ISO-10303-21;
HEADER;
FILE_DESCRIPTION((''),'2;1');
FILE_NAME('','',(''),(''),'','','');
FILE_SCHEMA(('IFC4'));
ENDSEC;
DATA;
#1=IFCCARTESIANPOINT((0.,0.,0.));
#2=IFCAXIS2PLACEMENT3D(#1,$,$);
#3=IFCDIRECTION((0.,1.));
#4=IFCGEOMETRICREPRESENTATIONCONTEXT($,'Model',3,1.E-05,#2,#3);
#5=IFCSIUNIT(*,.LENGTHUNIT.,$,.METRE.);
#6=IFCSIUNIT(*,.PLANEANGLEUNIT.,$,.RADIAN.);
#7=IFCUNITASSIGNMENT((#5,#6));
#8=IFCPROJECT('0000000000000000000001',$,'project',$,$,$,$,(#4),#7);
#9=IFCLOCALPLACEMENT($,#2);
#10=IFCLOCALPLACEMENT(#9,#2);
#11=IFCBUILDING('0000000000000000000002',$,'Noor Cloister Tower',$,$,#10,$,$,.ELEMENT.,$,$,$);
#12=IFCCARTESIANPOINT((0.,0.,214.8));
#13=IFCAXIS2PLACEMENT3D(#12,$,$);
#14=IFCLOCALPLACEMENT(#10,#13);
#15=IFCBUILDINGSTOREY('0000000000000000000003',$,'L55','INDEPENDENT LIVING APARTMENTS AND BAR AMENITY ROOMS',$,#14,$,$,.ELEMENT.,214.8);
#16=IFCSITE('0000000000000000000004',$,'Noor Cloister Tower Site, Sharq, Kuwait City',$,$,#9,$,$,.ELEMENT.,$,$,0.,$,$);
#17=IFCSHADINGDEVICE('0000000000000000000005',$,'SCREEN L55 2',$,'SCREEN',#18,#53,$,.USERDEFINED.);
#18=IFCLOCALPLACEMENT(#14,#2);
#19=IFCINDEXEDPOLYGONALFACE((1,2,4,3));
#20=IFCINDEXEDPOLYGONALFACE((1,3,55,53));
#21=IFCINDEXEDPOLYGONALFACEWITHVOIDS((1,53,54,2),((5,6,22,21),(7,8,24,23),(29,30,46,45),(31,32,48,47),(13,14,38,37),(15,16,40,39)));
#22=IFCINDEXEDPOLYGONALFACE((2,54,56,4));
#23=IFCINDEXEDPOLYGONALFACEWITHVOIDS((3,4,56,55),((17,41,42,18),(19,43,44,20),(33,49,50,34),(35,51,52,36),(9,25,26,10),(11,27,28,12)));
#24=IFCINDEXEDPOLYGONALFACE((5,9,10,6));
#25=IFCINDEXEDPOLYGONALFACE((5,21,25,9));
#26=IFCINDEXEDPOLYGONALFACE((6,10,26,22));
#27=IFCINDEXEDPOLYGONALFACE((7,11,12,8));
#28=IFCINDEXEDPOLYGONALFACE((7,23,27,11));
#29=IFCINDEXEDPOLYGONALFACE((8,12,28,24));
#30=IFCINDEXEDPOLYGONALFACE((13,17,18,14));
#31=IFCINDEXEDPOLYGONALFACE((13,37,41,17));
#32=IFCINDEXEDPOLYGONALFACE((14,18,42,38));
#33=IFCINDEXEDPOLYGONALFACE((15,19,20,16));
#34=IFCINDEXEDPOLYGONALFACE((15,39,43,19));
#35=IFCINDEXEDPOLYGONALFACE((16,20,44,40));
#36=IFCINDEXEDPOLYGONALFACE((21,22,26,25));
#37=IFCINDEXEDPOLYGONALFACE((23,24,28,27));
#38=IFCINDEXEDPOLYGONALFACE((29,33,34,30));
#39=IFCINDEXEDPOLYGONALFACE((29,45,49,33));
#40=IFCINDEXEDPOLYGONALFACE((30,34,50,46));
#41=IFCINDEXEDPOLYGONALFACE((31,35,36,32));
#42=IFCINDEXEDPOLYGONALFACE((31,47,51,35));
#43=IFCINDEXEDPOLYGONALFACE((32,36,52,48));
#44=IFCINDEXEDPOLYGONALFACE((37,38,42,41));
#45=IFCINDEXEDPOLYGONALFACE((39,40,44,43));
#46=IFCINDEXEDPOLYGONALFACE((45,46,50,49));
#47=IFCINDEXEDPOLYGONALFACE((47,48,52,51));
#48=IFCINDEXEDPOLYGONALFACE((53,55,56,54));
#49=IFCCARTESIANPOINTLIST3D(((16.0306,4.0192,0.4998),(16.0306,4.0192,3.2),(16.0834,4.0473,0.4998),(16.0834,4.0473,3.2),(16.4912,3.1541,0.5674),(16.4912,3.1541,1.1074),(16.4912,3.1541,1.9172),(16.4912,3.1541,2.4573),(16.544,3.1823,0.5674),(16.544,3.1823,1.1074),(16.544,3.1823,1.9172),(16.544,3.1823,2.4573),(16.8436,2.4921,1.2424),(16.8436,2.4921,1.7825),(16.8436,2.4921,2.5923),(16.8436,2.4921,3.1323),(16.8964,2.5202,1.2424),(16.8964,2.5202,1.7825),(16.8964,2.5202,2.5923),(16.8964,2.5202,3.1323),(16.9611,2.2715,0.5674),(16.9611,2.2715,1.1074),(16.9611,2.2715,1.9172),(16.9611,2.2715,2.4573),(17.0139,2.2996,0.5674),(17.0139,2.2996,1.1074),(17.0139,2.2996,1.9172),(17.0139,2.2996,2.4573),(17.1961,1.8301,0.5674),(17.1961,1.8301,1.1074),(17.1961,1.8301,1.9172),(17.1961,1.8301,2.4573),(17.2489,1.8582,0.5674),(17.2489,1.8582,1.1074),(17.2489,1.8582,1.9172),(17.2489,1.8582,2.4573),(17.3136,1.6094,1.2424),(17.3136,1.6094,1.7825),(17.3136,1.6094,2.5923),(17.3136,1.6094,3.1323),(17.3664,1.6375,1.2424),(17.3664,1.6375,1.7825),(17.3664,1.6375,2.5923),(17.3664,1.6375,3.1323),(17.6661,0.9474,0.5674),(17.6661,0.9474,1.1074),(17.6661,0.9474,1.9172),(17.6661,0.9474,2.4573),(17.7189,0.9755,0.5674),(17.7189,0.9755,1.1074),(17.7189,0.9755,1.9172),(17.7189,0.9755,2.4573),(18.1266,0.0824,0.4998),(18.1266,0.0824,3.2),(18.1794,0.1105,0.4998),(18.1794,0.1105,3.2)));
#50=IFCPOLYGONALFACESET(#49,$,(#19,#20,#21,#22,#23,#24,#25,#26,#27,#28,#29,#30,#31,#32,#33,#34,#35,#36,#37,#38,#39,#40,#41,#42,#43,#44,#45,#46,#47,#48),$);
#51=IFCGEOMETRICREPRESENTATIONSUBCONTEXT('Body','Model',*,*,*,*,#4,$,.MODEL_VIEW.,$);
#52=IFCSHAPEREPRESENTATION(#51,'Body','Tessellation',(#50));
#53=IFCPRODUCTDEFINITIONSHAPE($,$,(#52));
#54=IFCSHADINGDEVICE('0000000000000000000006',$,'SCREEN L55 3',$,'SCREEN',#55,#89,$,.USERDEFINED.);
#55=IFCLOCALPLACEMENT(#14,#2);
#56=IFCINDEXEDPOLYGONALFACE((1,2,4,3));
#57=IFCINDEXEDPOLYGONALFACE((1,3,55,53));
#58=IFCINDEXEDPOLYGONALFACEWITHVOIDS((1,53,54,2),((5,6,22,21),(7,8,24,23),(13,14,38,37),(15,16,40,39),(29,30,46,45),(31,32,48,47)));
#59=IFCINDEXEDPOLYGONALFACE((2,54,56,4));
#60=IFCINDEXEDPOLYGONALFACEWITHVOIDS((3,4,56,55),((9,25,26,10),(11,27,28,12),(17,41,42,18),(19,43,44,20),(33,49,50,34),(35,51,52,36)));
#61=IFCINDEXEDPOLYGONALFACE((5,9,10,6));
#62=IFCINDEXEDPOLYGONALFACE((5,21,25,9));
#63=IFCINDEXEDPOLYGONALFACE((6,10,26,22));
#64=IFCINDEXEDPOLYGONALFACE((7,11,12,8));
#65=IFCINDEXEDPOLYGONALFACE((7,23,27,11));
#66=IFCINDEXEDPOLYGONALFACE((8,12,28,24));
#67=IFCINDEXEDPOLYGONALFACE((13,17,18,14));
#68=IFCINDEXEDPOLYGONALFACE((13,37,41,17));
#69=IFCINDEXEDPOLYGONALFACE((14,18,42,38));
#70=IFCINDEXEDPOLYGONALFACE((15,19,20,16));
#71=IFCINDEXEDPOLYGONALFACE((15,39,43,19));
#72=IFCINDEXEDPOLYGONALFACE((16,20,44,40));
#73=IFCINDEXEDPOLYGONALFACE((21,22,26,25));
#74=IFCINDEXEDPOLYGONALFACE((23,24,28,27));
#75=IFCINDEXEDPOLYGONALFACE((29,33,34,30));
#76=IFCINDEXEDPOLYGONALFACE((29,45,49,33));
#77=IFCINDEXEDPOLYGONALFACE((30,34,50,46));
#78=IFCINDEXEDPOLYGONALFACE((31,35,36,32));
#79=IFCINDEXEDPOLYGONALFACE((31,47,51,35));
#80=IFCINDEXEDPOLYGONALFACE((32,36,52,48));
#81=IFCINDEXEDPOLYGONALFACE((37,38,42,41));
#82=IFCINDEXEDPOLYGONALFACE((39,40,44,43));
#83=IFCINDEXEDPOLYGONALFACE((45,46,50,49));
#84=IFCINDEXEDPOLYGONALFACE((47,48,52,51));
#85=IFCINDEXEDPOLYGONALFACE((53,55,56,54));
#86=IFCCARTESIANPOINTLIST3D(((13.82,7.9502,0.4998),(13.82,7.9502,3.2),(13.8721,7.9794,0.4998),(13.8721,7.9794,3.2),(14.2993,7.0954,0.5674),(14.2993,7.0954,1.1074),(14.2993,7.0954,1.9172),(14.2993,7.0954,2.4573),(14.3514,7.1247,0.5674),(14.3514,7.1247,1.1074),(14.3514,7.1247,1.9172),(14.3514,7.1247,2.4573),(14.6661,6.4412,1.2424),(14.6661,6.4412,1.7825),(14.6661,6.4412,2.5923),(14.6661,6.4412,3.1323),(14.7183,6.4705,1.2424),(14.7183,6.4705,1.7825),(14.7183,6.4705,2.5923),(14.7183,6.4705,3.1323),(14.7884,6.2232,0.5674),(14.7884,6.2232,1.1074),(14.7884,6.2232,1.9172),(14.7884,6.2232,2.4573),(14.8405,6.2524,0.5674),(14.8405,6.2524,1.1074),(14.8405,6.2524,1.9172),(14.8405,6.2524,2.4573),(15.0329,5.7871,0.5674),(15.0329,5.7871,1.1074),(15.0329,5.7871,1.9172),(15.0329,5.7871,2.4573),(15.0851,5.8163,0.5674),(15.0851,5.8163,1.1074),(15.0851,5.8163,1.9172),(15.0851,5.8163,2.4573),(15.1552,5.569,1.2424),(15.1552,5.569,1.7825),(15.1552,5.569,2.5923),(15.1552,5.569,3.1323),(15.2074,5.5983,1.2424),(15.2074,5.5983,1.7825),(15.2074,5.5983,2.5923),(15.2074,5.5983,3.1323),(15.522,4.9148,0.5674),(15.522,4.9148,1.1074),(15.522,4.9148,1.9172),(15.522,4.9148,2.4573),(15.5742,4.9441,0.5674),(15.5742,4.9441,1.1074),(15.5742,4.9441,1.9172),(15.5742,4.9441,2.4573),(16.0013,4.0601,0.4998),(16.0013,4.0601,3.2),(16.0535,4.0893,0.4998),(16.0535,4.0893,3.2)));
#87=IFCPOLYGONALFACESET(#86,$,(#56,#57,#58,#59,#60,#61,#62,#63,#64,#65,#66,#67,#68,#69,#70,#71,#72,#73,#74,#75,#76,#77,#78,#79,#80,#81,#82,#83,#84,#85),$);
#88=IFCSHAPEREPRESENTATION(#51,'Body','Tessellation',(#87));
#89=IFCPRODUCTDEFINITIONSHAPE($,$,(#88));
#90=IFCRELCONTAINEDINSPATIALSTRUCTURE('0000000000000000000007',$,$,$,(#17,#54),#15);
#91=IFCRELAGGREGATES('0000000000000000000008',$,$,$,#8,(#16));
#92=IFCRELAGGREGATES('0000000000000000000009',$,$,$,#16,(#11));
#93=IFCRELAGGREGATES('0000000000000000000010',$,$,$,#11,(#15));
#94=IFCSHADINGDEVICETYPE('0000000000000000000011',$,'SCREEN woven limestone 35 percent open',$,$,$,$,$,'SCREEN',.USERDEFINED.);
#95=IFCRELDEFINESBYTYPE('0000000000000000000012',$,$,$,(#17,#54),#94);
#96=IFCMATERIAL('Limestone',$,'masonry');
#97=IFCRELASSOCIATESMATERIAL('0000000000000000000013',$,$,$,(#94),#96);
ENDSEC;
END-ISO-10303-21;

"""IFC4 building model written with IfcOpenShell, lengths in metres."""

from ifc_helpers import new_model, si_unit, direction, frame, origin, place, context, subcontext, project, spatial, polyline, outline, extrude, material, material_profile, profile_set, type_object, element, save


model = new_model("IFC4")

# Units and contexts
model_context = context("Model", 3, precision=1e-05, world=origin(), true_north=direction((0.0, 1.0)))
body_context = subcontext(model_context, "Body", "Model", "MODEL_VIEW")
ifc_project = project(units=[si_unit("LENGTHUNIT", "METRE"), si_unit("PLANEANGLEUNIT", "RADIAN")], contexts=[model_context])

# Site, building, storey
site_placement = place(None, origin())
site = spatial("IfcSite", under=ifc_project, at=site_placement, Name="Noor Cloister Tower Site, Sharq, Kuwait City", CompositionType="ELEMENT", RefElevation=0.0)
building_placement = place(site_placement, origin())
building = spatial("IfcBuilding", under=site, at=building_placement, Name="Noor Cloister Tower", CompositionType="ELEMENT")
storey_placement = place(building_placement, frame((0.0, 0.0, 214.8)))
storey = spatial("IfcBuildingStorey", under=building, at=storey_placement, Name="L55", Description="INDEPENDENT LIVING APARTMENTS AND BAR AMENITY ROOMS", CompositionType="ELEMENT", Elevation=214.8)

# Shading devices
ifc_material_1 = material(Name="Limestone", Category="masonry")
ifc_material_profile_1 = material_profile(ifc_material_1, outline(polyline([(-2.23, -1.3501), (2.23, -1.3501), (2.23, 1.3501), (-2.23, 1.3501), (-2.23, -1.3501)]), holes=[polyline([(-1.25, -1.2825), (-0.25, -1.2825), (-0.25, -0.7424), (-1.25, -0.7424), (-1.25, -1.2825)]), polyline([(0.25, -1.2825), (1.25, -1.2825), (1.25, -0.7424), (0.25, -0.7424), (0.25, -1.2825)]), polyline([(-0.5, -0.6074), (0.5, -0.6074), (0.5, -0.0674), (-0.5, -0.0674), (-0.5, -0.6074)]), polyline([(-1.25, 0.0674), (-0.25, 0.0674), (-0.25, 0.6074), (-1.25, 0.6074), (-1.25, 0.0674)]), polyline([(0.25, 0.0674), (1.25, 0.0674), (1.25, 0.6074), (0.25, 0.6074), (0.25, 0.0674)]), polyline([(-0.5, 0.7424), (0.5, 0.7424), (0.5, 1.2825), (-0.5, 1.2825), (-0.5, 0.7424)])]), Name="Woven screen 35 percent open")
ifc_profile_set_1 = profile_set([ifc_material_profile_1], Name="Limestone")
shading_device_type = type_object("IfcShadingDeviceType", Name="SCREEN woven limestone 35 percent open", ElementType="SCREEN", PredefinedType="USERDEFINED", material=ifc_profile_set_1)
for number, where, z_axis, x_axis, name in (
    (1, (17.0786, 2.0508, 1.8499), (0.882692, 0.469952, 0.0), (-0.469952, 0.882692, 0.0), "SCREEN L55 2"),
    (2, (14.9106, 6.0051, 1.8499), (0.872228, 0.4891, 0.0), (-0.4891, 0.872228, 0.0), "SCREEN L55 3"),
):
    element("IfcShadingDevice", number, at=place(storey_placement, frame(where, z_axis=z_axis, x_axis=x_axis)), inside=storey, type_object=shading_device_type, Name=name, ObjectType="SCREEN", PredefinedType="USERDEFINED", context=body_context, shape_type="SweptSolid", body=[
        extrude(outline(polyline([(-2.23, -1.3501), (2.23, -1.3501), (2.23, 1.3501), (-2.23, 1.3501), (-2.23, -1.3501)]), holes=[polyline([(-1.25, -1.2825), (-0.25, -1.2825), (-0.25, -0.7424), (-1.25, -0.7424), (-1.25, -1.2825)]), polyline([(0.25, -1.2825), (1.25, -1.2825), (1.25, -0.7424), (0.25, -0.7424), (0.25, -1.2825)]), polyline([(-0.5, -0.6074), (0.5, -0.6074), (0.5, -0.0674), (-0.5, -0.0674), (-0.5, -0.6074)]), polyline([(-1.25, 0.0674), (-0.25, 0.0674), (-0.25, 0.6074), (-1.25, 0.6074), (-1.25, 0.0674)]), polyline([(0.25, 0.0674), (1.25, 0.0674), (1.25, 0.6074), (0.25, 0.6074), (0.25, 0.0674)]), polyline([(-0.5, 0.7424), (0.5, 0.7424), (0.5, 1.2825), (-0.5, 1.2825), (-0.5, 0.7424)])]), origin(), (0.0, 0.0, 1.0), 0.0598),
    ])

save(model, "model.ifc")
